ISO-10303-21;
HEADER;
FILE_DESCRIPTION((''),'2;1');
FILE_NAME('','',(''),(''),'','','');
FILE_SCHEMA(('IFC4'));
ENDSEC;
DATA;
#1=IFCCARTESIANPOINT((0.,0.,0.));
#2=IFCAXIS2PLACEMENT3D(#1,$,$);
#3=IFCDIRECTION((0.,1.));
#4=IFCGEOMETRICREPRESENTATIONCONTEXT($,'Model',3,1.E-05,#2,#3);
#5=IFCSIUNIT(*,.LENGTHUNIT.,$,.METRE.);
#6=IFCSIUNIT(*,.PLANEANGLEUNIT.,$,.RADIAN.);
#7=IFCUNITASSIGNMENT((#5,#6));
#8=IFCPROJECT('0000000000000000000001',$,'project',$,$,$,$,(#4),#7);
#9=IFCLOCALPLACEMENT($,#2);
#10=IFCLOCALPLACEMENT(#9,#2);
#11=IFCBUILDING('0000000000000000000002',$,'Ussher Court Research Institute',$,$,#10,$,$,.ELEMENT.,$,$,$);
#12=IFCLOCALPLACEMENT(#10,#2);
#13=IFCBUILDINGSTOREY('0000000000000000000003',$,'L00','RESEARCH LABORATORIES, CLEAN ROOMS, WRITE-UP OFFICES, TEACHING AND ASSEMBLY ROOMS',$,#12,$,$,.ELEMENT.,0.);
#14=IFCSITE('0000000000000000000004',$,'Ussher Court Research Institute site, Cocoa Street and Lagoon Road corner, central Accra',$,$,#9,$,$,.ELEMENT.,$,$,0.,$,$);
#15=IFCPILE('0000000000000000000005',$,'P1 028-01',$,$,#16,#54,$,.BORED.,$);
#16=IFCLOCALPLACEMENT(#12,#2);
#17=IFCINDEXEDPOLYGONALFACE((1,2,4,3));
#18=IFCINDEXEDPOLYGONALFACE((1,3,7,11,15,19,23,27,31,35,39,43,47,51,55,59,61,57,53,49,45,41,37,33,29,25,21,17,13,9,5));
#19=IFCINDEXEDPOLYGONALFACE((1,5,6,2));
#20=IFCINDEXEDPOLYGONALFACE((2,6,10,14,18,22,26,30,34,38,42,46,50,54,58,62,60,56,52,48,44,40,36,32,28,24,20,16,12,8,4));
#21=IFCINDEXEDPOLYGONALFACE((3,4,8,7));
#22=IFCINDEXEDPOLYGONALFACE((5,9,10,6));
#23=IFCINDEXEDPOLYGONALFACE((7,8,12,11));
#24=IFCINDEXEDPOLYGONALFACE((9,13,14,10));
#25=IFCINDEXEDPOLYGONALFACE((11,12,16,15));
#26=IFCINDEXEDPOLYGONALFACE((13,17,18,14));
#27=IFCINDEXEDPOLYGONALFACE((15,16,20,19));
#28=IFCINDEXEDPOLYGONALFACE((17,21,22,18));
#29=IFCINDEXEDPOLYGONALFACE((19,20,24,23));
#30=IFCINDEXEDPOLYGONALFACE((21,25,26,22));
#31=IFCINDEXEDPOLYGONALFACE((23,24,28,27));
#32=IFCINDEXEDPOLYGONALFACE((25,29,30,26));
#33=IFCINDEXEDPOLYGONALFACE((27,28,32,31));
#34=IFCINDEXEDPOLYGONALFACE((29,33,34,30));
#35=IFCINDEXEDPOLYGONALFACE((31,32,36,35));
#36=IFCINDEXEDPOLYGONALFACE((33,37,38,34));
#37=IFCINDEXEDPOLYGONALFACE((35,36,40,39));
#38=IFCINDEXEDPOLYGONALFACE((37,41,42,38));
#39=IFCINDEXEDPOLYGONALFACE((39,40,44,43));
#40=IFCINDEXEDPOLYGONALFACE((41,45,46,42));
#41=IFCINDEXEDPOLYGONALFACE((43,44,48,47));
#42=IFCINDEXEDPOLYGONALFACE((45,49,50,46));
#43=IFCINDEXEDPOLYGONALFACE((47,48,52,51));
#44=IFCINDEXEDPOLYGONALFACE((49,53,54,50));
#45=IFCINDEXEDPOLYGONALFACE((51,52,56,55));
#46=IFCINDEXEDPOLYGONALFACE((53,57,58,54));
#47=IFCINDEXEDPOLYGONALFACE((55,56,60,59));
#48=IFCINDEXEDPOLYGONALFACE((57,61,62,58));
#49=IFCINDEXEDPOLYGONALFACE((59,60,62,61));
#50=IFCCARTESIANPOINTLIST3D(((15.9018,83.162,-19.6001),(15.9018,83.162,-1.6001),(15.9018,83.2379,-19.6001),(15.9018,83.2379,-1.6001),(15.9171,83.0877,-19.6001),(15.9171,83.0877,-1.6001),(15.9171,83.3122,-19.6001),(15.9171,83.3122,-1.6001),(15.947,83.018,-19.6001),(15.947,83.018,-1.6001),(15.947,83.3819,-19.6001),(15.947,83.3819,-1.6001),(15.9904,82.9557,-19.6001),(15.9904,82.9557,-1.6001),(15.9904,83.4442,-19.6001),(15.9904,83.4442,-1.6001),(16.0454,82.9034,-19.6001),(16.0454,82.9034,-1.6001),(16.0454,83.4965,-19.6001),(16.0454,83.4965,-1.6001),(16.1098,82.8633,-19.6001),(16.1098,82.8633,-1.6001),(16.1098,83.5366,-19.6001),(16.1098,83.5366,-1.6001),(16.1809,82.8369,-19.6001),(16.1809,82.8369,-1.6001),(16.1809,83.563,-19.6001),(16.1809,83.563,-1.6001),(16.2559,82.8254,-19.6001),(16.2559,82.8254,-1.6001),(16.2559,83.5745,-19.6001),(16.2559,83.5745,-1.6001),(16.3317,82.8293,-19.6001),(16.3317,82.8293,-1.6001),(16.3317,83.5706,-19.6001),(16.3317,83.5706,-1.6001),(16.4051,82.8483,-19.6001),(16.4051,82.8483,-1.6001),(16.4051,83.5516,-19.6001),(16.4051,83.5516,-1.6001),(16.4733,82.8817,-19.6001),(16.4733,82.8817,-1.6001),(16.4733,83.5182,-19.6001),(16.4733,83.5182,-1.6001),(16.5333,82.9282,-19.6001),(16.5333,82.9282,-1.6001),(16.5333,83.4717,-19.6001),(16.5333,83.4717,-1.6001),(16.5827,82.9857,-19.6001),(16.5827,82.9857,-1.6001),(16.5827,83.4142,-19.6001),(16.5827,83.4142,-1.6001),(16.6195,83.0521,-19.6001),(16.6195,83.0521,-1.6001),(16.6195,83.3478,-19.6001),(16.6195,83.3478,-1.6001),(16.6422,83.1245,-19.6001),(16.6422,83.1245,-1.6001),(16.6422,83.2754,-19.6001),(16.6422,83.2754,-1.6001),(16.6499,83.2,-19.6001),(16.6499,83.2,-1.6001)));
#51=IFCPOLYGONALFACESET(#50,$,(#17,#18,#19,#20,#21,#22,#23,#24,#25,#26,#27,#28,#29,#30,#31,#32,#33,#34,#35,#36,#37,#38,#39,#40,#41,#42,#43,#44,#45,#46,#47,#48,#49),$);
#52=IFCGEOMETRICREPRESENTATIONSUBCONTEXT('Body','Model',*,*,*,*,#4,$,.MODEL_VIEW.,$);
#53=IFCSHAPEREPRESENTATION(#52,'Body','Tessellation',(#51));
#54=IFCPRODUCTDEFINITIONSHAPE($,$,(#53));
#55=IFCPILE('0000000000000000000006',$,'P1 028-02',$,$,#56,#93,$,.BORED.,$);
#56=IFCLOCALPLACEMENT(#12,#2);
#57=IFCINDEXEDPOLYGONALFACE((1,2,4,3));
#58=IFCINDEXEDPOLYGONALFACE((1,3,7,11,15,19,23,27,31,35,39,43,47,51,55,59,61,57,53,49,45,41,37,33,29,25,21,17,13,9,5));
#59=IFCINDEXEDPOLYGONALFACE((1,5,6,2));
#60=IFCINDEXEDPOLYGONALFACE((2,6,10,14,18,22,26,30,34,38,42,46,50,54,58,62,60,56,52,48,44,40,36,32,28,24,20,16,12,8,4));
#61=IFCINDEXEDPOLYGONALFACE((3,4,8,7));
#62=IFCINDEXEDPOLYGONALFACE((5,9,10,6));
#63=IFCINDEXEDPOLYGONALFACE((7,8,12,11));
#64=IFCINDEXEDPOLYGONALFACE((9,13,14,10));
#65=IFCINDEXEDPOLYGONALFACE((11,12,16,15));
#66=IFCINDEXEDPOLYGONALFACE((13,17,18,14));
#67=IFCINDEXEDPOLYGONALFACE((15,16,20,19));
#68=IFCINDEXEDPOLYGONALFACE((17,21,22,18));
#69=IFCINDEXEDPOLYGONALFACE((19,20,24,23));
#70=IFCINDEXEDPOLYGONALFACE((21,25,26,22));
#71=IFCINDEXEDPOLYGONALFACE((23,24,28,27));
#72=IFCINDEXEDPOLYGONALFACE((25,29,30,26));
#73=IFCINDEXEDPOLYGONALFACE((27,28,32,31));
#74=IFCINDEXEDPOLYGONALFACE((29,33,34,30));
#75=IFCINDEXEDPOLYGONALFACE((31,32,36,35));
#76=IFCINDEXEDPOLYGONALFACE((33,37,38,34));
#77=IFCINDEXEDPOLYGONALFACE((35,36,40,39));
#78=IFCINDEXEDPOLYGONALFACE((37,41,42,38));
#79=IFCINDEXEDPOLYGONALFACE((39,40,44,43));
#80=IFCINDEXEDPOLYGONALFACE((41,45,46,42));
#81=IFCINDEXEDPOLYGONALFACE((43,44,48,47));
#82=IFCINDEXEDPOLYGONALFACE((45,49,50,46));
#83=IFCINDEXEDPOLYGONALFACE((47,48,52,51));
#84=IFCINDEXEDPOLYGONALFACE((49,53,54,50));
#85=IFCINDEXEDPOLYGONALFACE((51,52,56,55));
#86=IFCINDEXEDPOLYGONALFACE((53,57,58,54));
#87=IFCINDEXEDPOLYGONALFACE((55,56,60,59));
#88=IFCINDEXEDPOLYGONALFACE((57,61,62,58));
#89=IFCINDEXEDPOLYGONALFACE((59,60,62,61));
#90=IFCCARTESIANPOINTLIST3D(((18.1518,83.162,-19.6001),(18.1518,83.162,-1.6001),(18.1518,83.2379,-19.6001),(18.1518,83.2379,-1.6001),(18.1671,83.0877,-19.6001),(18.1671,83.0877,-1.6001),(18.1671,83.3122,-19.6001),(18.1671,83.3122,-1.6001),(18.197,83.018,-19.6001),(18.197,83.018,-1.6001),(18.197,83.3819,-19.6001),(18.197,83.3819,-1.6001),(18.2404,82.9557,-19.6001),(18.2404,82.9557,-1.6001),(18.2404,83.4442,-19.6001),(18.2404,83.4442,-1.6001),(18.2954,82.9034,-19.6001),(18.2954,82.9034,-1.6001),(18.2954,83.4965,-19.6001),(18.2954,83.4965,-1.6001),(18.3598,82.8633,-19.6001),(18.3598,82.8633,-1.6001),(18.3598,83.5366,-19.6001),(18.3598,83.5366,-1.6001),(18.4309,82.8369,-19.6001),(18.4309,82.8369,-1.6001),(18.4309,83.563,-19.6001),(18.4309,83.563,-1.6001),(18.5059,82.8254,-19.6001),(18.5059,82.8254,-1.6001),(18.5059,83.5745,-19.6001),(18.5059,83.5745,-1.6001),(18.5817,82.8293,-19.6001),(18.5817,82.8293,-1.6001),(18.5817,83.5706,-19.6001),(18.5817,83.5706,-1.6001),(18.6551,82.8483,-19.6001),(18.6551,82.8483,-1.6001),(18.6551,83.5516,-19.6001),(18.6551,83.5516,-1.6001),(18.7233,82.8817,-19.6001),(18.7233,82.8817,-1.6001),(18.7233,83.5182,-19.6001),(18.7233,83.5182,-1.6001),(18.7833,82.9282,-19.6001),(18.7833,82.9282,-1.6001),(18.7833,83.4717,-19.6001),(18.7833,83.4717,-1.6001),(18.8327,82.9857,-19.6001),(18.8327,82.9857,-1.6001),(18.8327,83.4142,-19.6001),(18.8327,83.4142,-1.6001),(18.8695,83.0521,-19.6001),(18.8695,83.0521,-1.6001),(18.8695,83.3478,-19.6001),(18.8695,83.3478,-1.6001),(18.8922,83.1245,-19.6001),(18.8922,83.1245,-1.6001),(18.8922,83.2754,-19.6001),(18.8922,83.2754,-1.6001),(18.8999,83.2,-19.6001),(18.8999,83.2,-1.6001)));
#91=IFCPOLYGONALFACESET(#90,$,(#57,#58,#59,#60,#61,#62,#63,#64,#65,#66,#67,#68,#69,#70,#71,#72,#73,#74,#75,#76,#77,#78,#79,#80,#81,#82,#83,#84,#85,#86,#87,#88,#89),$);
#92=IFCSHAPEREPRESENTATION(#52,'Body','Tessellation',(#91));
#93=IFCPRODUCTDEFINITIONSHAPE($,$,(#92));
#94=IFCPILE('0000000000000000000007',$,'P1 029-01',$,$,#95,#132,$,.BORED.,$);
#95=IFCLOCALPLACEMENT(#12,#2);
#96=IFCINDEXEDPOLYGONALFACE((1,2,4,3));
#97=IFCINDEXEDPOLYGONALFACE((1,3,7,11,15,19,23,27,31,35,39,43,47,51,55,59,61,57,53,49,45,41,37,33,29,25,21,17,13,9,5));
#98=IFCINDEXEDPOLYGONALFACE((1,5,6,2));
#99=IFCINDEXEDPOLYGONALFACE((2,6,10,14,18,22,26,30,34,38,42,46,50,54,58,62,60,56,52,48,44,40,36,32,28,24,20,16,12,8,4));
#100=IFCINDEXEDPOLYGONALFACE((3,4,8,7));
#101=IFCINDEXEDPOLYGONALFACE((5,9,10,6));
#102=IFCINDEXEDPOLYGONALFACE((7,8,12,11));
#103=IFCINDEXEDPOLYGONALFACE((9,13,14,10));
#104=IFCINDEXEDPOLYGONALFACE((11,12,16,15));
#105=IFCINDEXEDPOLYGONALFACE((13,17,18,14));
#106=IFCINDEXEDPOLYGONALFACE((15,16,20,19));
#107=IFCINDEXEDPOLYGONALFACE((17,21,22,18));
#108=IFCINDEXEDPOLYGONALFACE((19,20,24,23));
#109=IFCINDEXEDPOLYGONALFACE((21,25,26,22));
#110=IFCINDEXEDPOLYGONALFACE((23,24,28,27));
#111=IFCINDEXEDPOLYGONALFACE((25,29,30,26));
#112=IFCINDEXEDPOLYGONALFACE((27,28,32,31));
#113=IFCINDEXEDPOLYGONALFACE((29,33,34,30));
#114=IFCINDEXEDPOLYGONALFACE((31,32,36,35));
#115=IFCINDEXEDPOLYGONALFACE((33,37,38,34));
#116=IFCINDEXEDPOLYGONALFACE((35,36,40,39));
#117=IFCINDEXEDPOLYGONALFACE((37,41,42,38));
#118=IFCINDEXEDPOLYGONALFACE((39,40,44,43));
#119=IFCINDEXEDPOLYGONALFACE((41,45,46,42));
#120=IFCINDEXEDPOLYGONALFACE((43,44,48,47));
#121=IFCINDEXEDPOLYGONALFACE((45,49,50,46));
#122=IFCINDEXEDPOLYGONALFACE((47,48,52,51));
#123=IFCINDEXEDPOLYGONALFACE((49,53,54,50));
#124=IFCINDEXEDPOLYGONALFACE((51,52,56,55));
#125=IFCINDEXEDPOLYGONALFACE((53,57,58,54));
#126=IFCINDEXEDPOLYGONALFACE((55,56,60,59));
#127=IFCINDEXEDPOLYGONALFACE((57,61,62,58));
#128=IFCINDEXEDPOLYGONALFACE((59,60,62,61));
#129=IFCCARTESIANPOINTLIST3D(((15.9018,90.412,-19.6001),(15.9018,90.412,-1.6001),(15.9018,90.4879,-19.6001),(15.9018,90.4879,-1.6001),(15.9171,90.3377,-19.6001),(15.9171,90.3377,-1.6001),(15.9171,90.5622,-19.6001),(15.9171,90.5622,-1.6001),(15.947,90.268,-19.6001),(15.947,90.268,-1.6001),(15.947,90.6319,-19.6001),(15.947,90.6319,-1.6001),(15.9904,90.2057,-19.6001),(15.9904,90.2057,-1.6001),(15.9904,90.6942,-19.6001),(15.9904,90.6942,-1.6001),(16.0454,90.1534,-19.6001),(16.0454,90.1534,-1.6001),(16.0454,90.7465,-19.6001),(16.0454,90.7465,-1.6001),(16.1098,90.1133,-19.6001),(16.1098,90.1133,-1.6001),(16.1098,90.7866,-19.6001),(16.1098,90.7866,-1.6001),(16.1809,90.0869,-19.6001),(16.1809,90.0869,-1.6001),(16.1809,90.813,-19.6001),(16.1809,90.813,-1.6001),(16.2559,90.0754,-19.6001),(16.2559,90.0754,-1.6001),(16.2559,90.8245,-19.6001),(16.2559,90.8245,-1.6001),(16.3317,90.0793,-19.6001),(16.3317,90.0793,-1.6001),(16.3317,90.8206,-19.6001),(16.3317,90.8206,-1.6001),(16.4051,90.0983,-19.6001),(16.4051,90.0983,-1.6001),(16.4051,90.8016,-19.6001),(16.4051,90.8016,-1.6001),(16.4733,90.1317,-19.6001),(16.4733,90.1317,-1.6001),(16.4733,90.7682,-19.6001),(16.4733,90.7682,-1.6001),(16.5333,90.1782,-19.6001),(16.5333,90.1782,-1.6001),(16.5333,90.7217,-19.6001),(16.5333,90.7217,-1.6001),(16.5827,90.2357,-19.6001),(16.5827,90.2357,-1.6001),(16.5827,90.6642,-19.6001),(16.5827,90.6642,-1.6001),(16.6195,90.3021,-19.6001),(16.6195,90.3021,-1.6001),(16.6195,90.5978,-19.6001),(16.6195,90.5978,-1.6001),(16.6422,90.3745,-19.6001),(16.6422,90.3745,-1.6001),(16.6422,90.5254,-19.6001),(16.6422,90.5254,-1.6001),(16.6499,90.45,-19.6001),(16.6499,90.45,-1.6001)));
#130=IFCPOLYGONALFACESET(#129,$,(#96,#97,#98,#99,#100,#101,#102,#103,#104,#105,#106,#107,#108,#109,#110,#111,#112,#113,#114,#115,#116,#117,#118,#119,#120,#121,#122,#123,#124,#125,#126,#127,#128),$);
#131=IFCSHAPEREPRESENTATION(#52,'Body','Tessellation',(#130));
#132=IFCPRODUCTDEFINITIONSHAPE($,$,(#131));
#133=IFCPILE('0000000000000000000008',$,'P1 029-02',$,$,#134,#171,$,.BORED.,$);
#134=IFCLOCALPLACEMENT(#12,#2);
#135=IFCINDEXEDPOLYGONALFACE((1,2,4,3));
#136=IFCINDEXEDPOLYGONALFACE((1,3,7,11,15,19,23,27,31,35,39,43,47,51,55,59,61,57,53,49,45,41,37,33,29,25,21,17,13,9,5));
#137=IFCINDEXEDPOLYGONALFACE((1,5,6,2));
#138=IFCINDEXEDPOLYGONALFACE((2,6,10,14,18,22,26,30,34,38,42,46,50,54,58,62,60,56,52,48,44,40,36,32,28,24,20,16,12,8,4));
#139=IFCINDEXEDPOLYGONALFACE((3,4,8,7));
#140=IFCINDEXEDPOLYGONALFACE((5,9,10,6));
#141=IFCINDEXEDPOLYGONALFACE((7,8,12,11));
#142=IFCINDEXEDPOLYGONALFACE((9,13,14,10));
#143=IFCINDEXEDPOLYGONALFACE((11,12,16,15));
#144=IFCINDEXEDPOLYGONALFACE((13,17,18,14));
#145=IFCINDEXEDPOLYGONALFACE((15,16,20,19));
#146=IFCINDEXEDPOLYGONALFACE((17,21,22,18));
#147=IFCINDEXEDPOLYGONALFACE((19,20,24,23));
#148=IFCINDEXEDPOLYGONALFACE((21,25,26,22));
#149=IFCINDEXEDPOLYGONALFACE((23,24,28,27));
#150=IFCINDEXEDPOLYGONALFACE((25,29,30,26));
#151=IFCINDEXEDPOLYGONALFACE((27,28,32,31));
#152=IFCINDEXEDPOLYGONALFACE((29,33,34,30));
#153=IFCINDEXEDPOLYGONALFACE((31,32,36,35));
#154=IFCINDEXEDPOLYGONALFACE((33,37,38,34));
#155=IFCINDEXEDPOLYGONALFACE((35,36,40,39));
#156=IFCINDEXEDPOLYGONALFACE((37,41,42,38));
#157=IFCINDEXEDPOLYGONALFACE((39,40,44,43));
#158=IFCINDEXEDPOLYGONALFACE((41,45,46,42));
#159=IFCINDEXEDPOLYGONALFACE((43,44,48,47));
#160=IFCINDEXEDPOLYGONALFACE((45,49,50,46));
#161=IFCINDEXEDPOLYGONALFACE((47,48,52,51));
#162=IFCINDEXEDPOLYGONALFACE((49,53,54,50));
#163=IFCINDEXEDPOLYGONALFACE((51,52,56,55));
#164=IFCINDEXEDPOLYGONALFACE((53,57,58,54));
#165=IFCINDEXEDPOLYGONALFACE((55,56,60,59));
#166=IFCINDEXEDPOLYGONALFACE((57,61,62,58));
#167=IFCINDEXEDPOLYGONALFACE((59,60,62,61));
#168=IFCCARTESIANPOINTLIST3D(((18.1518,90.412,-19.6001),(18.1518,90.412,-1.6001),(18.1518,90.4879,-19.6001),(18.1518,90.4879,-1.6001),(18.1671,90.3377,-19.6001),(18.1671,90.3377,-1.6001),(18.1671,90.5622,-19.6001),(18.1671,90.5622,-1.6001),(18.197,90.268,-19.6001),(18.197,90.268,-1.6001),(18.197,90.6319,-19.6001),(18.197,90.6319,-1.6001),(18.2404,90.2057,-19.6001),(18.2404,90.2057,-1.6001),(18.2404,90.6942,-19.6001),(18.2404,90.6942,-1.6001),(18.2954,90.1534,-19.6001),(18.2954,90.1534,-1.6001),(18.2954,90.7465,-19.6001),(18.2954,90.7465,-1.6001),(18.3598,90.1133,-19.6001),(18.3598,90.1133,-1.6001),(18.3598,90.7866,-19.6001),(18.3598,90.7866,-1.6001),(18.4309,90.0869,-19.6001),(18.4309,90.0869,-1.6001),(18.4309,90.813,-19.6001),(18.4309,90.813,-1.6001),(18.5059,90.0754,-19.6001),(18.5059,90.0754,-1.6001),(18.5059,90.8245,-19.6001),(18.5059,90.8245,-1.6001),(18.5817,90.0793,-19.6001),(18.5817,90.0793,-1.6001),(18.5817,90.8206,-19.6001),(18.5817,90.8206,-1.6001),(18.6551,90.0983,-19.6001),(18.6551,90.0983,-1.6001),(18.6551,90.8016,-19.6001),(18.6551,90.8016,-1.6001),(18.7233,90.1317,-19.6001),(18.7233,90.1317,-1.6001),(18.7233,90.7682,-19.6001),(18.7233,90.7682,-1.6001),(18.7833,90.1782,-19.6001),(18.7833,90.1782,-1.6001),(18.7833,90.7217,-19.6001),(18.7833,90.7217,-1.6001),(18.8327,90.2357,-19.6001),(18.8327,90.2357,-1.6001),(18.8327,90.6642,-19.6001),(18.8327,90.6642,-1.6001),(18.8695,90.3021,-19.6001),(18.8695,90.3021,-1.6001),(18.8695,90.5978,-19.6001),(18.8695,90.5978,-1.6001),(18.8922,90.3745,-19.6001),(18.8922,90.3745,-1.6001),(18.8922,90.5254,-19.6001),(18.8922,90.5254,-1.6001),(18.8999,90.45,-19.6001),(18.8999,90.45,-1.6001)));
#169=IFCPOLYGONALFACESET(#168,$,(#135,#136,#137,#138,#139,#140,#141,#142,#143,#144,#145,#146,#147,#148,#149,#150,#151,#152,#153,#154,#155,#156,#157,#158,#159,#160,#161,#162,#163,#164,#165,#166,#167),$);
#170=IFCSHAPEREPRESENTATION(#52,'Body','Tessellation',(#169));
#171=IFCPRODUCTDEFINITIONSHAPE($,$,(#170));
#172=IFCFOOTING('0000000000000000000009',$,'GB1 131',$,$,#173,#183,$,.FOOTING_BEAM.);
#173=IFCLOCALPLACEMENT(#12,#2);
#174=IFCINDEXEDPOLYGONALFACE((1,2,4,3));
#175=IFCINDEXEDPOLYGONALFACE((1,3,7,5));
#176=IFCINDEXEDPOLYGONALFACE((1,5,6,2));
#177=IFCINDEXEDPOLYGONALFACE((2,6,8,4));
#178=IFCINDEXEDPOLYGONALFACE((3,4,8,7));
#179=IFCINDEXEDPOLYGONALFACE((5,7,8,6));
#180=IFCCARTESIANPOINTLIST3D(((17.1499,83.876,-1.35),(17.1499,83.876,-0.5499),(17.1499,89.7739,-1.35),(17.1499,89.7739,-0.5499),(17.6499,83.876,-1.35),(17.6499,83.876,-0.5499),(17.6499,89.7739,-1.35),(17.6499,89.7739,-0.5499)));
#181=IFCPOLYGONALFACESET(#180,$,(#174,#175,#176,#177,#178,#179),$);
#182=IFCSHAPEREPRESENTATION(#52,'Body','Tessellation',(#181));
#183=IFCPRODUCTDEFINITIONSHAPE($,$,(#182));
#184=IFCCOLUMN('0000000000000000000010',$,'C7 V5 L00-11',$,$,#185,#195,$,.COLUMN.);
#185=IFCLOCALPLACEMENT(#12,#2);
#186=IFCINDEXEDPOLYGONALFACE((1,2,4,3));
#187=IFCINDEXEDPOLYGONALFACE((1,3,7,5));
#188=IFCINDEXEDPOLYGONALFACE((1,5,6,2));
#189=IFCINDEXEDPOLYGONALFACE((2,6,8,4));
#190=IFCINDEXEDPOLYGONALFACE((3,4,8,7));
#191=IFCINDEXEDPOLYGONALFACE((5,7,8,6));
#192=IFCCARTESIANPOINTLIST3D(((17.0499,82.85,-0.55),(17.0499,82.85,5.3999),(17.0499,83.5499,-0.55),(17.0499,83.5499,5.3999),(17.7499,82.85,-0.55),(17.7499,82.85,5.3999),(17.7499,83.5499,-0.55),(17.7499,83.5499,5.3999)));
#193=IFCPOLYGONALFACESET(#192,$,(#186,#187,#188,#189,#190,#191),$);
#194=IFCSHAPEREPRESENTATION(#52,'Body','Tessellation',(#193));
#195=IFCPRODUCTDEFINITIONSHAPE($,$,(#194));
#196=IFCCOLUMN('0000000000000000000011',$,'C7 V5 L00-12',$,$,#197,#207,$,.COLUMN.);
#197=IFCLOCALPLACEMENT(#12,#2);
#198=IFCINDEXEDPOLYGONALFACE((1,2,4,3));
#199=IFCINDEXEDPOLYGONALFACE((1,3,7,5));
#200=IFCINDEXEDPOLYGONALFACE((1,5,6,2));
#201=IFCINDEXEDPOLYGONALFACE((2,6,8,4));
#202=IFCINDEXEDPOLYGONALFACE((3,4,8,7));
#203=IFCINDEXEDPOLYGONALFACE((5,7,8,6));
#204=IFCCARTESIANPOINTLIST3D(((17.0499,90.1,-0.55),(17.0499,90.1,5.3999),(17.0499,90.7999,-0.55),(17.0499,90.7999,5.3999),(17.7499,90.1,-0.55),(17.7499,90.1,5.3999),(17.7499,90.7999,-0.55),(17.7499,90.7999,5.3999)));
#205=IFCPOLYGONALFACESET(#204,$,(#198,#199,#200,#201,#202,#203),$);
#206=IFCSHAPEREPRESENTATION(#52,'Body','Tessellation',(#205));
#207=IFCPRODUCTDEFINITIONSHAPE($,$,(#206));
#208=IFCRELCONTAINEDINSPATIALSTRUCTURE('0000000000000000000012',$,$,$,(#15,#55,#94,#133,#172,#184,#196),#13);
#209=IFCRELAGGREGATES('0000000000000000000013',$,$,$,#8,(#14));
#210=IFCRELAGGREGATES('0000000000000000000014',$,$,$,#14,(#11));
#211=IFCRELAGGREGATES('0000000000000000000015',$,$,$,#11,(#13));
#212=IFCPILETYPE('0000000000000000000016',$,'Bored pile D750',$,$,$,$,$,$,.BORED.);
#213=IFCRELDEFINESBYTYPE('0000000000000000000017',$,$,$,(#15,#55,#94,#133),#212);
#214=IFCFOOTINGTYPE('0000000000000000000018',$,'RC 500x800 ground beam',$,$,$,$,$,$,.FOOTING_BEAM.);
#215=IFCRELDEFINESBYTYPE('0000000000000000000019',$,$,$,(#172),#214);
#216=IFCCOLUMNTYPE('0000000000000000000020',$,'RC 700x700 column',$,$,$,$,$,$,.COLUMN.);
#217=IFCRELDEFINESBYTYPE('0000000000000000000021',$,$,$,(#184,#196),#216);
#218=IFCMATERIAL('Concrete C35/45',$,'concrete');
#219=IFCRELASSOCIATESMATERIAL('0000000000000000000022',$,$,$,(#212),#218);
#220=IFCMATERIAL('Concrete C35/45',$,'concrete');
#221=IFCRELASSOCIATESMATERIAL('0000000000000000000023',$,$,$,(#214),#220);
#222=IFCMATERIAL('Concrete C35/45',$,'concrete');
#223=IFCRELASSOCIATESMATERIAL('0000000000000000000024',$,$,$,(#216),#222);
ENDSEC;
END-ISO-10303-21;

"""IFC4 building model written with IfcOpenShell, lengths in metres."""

from ifc_helpers import new_model, si_unit, direction, frame, origin, origin_2d, place, context, subcontext, project, spatial, rectangle, circle, extrude, material, material_profile, profile_set, type_object, element, save


model = new_model("IFC4")

# Units and contexts
model_context = context("Model", 3, precision=1e-05, world=origin(), true_north=direction((0.0, 1.0)))
body_context = subcontext(model_context, "Body", "Model", "MODEL_VIEW")
ifc_project = project(units=[si_unit("LENGTHUNIT", "METRE"), si_unit("PLANEANGLEUNIT", "RADIAN")], contexts=[model_context])

# Site, building, storey
site_placement = place(None, origin())
site = spatial("IfcSite", under=ifc_project, at=site_placement, Name="Ussher Court Research Institute site, Cocoa Street and Lagoon Road corner, central Accra", CompositionType="ELEMENT", RefElevation=0.0)
building_placement = place(site_placement, origin())
building = spatial("IfcBuilding", under=site, at=building_placement, Name="Ussher Court Research Institute", CompositionType="ELEMENT")
storey_placement = place(building_placement, origin())
storey = spatial("IfcBuildingStorey", under=building, at=storey_placement, Name="L00", Description="RESEARCH LABORATORIES, CLEAN ROOMS, WRITE-UP OFFICES, TEACHING AND ASSEMBLY ROOMS", CompositionType="ELEMENT", Elevation=0.0)

# Piles
ifc_material_1 = material(Name="Concrete C35/45", Category="concrete")
ifc_material_profile_1 = material_profile(ifc_material_1, circle(Radius=0.375, at=origin_2d()), Name="RC D750")
ifc_profile_set_1 = profile_set([ifc_material_profile_1], Name="Concrete C35/45")
pile_type = type_object("IfcPileType", Name="Bored pile D750", PredefinedType="BORED", material=ifc_profile_set_1)
for number, where, z_axis, x_axis, name in (
    (1, (16.2749, 83.2, -1.6001), (0.0, 0.0, -1.0), (1.0, 0.0, 0.0), "P1 028-01"),
    (2, (18.5249, 83.2, -1.6001), (0.0, 0.0, -1.0), (1.0, 0.0, 0.0), "P1 028-02"),
    (3, (16.2749, 90.45, -1.6001), (0.0, 0.0, -1.0), (1.0, 0.0, 0.0), "P1 029-01"),
    (4, (18.5249, 90.45, -1.6001), (0.0, 0.0, -1.0), (1.0, 0.0, 0.0), "P1 029-02"),
):
    element("IfcPile", number, at=place(storey_placement, frame(where, z_axis=z_axis, x_axis=x_axis)), inside=storey, type_object=pile_type, Name=name, PredefinedType="BORED", context=body_context, shape_type="SweptSolid", body=[
        extrude(circle(Radius=0.375, at=origin_2d()), origin(), (0.0, 0.0, 1.0), 18.0),
    ])

# Footing
ifc_material_2 = material(Name="Concrete C35/45", Category="concrete")
ifc_material_profile_2 = material_profile(ifc_material_2, rectangle(XDim=0.5, YDim=0.8, at=origin_2d()), Name="RC 500x800")
ifc_profile_set_2 = profile_set([ifc_material_profile_2], Name="Concrete C35/45")
footing_type = type_object("IfcFootingType", Name="RC 500x800 ground beam", PredefinedType="FOOTING_BEAM", material=ifc_profile_set_2)
footing_placement = place(storey_placement, frame((17.3999, 83.876, -0.95), z_axis=(0.0, 1.0, 0.0), x_axis=(-1.0, 0.0, 0.0)))
element("IfcFooting", 5, at=footing_placement, inside=storey, type_object=footing_type, Name="GB1 131", PredefinedType="FOOTING_BEAM", context=body_context, shape_type="SweptSolid", body=[
    extrude(rectangle(XDim=0.5, YDim=0.8, at=origin_2d()), origin(), (0.0, 0.0, 1.0), 5.8979),
])

# Columns
ifc_material_3 = material(Name="Concrete C35/45", Category="concrete")
ifc_material_profile_3 = material_profile(ifc_material_3, rectangle(XDim=0.7, YDim=0.7, at=origin_2d()), Name="RC 700x700")
ifc_profile_set_3 = profile_set([ifc_material_profile_3], Name="Concrete C35/45")
column_type = type_object("IfcColumnType", Name="RC 700x700 column", PredefinedType="COLUMN", material=ifc_profile_set_3)
for number, where, z_axis, x_axis, name in (
    (6, (17.3999, 83.2, -0.55), (0.0, 0.0, 1.0), (1.0, 0.0, 0.0), "C7 V5 L00-11"),
    (7, (17.3999, 90.45, -0.55), (0.0, 0.0, 1.0), (1.0, 0.0, 0.0), "C7 V5 L00-12"),
):
    element("IfcColumn", number, at=place(storey_placement, frame(where, z_axis=z_axis, x_axis=x_axis)), inside=storey, type_object=column_type, Name=name, PredefinedType="COLUMN", context=body_context, shape_type="SweptSolid", body=[
        extrude(rectangle(XDim=0.7, YDim=0.7, at=origin_2d()), origin(), (0.0, 0.0, 1.0), 5.95),
    ])

save(model, "model.ifc")
